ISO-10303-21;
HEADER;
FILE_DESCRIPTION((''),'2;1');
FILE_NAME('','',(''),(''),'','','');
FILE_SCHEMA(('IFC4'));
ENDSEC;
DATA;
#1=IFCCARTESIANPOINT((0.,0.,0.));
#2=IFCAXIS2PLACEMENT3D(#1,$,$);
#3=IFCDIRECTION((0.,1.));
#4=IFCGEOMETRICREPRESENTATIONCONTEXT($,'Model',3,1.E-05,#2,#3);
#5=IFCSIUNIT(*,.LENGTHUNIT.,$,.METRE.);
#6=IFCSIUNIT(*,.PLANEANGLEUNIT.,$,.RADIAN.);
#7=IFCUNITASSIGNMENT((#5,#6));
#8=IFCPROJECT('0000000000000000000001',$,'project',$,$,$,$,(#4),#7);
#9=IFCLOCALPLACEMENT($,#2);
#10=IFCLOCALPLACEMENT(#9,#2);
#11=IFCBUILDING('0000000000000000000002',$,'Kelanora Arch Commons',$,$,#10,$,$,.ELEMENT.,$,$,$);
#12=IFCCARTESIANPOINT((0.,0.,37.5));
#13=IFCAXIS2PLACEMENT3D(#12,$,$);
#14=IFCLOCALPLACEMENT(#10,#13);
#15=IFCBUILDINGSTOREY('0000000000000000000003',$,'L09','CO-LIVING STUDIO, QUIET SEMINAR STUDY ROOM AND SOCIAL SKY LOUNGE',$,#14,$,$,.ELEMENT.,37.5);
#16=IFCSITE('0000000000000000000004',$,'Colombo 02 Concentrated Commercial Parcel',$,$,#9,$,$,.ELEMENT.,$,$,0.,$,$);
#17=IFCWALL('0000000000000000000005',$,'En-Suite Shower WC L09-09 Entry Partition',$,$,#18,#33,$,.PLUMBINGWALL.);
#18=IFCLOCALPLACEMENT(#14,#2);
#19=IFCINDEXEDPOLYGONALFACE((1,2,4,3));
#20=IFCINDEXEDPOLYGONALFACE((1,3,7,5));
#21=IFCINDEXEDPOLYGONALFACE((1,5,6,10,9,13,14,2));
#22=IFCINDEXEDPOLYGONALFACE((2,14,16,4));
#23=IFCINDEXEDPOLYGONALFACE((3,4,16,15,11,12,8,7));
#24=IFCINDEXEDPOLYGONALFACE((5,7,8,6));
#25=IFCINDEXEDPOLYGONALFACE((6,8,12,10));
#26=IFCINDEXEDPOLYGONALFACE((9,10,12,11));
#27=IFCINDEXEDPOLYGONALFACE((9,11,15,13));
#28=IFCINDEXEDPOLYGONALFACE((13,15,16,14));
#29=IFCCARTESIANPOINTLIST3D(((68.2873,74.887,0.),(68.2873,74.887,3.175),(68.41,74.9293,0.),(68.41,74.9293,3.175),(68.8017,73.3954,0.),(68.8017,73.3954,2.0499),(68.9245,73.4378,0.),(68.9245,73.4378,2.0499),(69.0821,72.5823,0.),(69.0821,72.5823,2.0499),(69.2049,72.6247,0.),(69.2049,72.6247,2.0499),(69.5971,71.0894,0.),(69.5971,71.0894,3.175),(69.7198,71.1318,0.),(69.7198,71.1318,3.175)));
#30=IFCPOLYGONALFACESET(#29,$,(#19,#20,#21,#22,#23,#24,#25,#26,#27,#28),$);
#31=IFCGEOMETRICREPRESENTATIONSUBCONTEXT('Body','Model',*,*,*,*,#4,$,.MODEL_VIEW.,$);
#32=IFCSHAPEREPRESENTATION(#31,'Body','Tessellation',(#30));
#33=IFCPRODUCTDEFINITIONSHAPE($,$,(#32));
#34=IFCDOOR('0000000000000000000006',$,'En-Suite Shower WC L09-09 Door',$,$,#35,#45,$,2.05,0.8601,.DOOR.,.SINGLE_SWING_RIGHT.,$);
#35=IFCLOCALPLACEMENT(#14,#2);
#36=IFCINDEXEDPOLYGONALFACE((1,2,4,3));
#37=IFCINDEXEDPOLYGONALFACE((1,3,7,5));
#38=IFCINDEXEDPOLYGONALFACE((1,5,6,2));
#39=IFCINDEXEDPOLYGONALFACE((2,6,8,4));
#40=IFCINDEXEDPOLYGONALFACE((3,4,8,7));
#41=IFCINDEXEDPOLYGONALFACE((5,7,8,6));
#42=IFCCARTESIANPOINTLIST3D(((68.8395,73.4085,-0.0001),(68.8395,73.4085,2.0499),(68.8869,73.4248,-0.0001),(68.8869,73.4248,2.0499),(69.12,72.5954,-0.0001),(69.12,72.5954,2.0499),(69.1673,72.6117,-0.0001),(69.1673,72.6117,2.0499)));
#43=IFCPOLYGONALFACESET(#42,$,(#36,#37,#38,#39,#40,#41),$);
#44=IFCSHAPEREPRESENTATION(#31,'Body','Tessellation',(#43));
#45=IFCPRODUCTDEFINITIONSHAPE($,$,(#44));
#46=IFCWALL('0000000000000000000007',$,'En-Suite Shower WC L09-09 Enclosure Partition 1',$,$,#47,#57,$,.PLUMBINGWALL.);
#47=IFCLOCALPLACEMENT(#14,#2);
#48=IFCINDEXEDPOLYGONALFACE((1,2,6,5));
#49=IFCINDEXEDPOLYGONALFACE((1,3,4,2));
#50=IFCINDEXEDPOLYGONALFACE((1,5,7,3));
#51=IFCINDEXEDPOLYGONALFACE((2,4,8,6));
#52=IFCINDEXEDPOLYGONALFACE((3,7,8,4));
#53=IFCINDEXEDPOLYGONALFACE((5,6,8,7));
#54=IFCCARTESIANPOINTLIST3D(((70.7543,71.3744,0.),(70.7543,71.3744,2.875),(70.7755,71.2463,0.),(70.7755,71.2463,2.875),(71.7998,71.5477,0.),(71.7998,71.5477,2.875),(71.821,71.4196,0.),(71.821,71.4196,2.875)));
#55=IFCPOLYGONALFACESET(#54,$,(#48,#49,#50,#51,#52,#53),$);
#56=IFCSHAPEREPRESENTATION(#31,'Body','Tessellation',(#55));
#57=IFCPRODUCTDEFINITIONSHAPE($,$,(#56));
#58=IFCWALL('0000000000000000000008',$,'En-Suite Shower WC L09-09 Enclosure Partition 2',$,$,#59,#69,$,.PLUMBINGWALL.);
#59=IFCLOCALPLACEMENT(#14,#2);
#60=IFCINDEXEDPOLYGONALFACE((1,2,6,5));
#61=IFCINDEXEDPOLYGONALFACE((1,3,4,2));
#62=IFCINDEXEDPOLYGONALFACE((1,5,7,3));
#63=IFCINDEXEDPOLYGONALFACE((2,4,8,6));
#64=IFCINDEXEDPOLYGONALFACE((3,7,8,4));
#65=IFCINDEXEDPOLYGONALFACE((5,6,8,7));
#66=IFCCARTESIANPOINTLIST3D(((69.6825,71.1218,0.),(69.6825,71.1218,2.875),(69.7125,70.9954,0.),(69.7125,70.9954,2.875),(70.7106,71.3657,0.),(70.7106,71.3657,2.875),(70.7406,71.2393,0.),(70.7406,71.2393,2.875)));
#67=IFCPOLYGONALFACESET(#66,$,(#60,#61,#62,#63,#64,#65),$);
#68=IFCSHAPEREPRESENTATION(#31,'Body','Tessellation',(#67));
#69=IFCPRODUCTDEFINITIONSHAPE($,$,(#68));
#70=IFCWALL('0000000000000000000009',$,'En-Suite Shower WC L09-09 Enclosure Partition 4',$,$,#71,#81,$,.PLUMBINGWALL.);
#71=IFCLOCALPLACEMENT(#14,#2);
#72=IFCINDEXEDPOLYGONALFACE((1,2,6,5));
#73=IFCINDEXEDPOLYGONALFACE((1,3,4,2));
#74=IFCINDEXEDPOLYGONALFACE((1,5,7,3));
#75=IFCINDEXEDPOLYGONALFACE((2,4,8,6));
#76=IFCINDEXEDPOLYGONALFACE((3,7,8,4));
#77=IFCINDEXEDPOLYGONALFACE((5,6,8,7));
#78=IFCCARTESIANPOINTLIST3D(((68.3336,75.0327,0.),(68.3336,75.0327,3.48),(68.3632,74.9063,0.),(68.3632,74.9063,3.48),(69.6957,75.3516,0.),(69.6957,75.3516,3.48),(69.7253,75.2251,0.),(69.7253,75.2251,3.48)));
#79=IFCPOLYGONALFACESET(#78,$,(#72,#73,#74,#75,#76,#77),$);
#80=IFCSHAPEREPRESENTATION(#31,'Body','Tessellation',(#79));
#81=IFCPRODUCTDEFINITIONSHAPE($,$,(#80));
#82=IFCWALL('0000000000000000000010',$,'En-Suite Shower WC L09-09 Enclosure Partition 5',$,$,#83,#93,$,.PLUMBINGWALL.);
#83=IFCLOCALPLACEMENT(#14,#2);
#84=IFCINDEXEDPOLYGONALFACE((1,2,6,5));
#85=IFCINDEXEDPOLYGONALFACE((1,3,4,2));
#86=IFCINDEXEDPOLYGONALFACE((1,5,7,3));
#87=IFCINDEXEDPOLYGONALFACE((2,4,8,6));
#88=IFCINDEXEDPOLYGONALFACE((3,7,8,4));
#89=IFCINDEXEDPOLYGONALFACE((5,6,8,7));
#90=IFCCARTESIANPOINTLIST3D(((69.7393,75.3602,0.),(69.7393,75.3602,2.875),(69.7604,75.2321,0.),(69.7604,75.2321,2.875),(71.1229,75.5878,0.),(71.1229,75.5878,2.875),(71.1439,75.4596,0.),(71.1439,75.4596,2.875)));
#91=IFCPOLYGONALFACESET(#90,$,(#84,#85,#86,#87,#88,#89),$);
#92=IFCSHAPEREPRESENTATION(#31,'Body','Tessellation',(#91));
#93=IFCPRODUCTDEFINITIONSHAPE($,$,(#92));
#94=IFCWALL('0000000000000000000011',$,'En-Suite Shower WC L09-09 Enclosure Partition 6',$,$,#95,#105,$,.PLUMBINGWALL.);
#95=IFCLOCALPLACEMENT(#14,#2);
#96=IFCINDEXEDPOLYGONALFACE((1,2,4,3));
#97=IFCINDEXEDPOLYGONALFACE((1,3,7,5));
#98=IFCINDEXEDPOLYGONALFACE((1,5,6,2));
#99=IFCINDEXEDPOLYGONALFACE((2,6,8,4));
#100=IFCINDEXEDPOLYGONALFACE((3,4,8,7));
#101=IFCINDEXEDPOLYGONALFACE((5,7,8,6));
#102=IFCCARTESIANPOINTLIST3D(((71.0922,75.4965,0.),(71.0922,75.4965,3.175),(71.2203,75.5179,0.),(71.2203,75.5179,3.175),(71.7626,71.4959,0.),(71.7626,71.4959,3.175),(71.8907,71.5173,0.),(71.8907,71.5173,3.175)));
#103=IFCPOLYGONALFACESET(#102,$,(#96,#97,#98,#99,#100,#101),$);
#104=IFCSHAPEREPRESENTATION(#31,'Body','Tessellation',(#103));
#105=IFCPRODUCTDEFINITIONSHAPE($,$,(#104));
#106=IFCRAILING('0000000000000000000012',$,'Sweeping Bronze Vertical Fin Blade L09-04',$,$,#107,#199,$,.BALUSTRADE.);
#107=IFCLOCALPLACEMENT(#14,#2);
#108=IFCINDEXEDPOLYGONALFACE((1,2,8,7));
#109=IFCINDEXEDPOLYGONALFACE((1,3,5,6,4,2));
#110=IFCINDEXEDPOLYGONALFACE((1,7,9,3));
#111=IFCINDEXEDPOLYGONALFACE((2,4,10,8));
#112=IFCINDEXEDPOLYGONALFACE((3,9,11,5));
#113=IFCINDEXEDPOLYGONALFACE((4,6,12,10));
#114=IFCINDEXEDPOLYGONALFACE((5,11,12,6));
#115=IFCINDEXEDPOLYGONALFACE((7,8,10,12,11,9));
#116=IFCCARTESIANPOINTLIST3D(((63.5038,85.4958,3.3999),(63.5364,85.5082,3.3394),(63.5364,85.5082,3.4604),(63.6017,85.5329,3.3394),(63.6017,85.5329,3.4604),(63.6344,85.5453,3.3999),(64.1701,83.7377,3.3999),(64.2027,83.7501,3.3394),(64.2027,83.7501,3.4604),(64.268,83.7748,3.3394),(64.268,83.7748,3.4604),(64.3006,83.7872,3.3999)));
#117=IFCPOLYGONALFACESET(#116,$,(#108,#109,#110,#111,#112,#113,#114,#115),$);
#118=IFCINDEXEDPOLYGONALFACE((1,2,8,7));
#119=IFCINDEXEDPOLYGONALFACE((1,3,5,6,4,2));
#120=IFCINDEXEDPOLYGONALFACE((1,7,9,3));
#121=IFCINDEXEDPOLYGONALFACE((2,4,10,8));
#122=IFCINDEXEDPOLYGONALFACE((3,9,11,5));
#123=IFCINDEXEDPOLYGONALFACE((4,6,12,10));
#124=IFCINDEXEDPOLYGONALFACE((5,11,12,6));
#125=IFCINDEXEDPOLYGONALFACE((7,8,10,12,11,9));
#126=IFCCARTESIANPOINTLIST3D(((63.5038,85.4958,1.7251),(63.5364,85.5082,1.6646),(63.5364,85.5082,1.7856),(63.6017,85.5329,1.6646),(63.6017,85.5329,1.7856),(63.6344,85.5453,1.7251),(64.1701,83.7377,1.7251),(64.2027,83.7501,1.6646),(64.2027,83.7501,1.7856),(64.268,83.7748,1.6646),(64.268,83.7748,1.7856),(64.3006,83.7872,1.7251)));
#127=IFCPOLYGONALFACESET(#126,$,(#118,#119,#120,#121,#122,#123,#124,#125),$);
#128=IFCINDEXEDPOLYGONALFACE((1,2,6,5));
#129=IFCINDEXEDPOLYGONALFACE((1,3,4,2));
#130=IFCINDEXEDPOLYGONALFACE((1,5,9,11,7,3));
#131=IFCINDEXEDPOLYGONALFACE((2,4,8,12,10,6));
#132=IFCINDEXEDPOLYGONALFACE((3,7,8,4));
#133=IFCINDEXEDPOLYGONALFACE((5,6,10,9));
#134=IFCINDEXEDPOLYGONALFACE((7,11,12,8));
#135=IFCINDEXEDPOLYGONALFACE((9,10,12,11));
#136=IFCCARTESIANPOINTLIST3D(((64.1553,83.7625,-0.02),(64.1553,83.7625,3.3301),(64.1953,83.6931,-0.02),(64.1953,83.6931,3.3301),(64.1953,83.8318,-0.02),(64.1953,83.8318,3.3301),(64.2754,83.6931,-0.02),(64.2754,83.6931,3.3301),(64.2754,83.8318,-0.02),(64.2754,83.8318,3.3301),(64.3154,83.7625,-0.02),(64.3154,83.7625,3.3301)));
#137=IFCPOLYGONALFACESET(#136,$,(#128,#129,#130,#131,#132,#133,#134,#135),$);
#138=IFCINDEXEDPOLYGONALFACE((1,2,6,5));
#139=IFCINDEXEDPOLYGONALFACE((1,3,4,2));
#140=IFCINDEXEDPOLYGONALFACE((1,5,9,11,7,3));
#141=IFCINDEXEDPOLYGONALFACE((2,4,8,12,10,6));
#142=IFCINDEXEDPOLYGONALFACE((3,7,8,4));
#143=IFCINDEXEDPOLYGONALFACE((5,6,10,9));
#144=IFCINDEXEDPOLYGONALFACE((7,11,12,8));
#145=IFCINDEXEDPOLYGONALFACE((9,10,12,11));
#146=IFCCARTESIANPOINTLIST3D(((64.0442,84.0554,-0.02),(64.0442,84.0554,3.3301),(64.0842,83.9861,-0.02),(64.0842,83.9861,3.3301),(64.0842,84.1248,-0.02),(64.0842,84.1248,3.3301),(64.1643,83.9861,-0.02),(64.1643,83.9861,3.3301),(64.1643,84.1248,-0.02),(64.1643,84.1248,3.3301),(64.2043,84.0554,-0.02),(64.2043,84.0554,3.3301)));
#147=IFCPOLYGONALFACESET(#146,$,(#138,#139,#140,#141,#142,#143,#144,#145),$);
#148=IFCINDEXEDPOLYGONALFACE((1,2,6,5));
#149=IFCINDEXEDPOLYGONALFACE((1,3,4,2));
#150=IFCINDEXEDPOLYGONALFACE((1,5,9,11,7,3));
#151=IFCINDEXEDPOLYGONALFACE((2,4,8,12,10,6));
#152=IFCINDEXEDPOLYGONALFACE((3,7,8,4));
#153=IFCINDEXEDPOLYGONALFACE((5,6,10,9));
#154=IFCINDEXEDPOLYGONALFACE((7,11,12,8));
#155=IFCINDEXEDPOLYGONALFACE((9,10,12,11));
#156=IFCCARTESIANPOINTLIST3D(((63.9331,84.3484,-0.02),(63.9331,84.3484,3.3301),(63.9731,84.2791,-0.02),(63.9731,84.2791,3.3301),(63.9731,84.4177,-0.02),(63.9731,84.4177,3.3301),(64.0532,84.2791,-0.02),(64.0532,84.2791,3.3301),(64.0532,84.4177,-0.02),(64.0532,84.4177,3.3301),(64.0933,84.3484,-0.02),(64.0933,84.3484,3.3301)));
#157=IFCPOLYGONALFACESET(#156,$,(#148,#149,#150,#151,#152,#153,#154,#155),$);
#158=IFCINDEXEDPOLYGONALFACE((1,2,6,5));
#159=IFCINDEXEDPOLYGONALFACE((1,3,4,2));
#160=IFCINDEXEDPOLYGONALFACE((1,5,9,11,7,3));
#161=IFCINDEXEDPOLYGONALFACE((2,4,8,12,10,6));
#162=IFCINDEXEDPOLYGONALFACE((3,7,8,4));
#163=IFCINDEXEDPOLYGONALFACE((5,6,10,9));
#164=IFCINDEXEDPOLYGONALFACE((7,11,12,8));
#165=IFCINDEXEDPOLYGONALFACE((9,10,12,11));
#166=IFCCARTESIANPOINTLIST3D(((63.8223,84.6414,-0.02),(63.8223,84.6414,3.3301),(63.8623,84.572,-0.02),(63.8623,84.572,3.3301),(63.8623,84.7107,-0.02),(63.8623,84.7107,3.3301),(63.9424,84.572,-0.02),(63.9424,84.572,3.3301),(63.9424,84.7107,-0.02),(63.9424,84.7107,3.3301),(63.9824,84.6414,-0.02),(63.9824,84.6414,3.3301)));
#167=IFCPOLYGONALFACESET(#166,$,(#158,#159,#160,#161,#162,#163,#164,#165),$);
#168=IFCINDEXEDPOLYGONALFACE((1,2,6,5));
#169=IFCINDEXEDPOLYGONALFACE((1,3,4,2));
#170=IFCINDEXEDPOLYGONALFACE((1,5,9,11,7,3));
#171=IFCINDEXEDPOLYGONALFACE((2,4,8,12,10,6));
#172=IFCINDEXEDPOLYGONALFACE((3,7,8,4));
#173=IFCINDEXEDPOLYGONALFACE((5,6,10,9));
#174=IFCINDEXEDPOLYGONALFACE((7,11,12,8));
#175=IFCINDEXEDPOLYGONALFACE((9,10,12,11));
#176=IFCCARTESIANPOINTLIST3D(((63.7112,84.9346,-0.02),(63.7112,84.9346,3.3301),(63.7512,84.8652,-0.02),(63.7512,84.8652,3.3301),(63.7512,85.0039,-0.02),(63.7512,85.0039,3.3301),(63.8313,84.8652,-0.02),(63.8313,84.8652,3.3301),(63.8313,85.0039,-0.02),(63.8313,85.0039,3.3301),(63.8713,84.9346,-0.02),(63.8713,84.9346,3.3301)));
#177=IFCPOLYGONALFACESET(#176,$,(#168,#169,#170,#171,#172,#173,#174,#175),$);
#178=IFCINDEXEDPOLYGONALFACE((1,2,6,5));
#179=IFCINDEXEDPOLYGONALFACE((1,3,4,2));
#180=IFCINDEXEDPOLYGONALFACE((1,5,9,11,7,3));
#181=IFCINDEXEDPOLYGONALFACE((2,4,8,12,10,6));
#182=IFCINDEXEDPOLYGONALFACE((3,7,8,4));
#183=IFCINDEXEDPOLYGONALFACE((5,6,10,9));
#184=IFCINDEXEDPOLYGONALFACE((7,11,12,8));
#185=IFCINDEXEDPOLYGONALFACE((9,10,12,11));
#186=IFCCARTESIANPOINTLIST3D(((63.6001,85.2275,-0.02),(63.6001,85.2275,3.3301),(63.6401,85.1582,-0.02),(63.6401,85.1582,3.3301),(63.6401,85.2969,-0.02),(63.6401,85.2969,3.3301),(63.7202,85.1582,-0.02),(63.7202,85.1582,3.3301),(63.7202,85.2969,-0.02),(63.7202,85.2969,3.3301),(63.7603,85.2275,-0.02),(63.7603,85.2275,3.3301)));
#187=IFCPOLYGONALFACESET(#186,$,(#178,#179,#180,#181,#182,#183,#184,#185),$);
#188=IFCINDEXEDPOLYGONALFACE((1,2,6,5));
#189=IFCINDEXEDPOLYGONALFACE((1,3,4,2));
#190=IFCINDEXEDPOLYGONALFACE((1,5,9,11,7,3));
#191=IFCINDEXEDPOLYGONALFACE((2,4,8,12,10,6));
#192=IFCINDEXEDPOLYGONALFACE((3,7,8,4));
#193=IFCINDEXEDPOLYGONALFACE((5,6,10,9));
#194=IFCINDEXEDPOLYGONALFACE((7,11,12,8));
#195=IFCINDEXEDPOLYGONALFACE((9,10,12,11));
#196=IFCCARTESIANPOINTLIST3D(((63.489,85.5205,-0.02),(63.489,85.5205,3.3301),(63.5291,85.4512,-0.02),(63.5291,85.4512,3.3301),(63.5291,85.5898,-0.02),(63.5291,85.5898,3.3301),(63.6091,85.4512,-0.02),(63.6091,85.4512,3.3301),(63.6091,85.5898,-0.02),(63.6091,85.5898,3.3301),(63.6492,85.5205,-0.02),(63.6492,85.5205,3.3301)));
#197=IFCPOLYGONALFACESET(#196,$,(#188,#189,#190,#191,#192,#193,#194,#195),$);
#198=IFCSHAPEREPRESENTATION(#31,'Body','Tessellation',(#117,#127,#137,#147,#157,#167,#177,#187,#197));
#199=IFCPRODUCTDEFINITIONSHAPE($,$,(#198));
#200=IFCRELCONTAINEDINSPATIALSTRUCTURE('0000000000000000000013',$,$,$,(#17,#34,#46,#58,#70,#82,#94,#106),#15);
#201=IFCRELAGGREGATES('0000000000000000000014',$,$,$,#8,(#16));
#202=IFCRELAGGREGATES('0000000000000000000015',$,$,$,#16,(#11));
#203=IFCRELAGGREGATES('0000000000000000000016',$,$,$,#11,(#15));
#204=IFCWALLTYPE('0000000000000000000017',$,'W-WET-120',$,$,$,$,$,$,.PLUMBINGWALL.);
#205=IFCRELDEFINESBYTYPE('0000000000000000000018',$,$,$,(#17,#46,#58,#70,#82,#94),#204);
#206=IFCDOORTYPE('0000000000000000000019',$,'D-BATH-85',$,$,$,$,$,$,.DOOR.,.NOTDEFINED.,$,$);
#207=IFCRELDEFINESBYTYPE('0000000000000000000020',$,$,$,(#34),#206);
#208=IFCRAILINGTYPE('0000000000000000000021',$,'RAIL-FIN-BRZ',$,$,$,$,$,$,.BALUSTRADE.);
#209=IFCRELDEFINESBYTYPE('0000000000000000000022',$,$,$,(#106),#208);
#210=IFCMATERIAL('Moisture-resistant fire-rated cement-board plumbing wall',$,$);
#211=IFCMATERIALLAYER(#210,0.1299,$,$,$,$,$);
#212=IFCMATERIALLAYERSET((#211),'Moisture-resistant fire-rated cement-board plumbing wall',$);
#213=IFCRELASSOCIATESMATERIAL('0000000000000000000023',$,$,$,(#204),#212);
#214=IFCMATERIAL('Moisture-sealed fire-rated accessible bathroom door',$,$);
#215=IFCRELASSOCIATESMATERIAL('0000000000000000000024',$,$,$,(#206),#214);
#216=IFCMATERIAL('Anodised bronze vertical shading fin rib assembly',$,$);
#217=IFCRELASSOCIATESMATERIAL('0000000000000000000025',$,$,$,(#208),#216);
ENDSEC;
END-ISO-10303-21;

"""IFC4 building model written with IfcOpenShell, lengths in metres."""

from ifc_helpers import new_model, si_unit, direction, frame, frame_2d, origin, place, context, subcontext, project, spatial, polyline, rectangle, outline, extrude, material, layer, layer_set, type_object, element, fill, save


model = new_model("IFC4")

# Units and contexts
model_context = context("Model", 3, precision=1e-05, world=origin(), true_north=direction((0.0, 1.0)))
body_context = subcontext(model_context, "Body", "Model", "MODEL_VIEW")
ifc_project = project(units=[si_unit("LENGTHUNIT", "METRE"), si_unit("PLANEANGLEUNIT", "RADIAN")], contexts=[model_context])

# Site, building, storey
site_placement = place(None, origin())
site = spatial("IfcSite", under=ifc_project, at=site_placement, Name="Colombo 02 Concentrated Commercial Parcel", CompositionType="ELEMENT", RefElevation=0.0)
building_placement = place(site_placement, origin())
building = spatial("IfcBuilding", under=site, at=building_placement, Name="Kelanora Arch Commons", CompositionType="ELEMENT")
storey_placement = place(building_placement, frame((0.0, 0.0, 37.5)))
storey = spatial("IfcBuildingStorey", under=building, at=storey_placement, Name="L09", Description="CO-LIVING STUDIO, QUIET SEMINAR STUDY ROOM AND SOCIAL SKY LOUNGE", CompositionType="ELEMENT", Elevation=37.5)

# Wall, opening, door
ifc_material_1 = material(Name="Moisture-resistant fire-rated cement-board plumbing wall")
ifc_layer_1 = layer(ifc_material_1, 0.1299)
ifc_layer_set_1 = layer_set([ifc_layer_1], Name="Moisture-resistant fire-rated cement-board plumbing wall")
wall_type_1 = type_object("IfcWallType", Name="W-WET-120", PredefinedType="PLUMBINGWALL", material=ifc_layer_set_1)
wall_1_placement = place(storey_placement, frame((69.6584, 71.1106, 0.0), z_axis=(0.0, 0.0, 1.0), x_axis=(-0.326056, 0.94535, 0.0)))
wall_1 = element("IfcWall", 1, at=wall_1_placement, inside=storey, type_object=wall_type_1, Name="En-Suite Shower WC L09-09 Entry Partition", PredefinedType="PLUMBINGWALL", context=body_context, shape_type="SweptSolid", body=[
    extrude(rectangle(XDim=4.0171, YDim=0.1299, at=frame_2d((2.0085, 0.0))), origin(), (0.0, 0.0, 1.0), 3.175),
])
opening_1_placement = place(wall_1_placement, frame((1.5791, 0.0, 0.0)))
opening_1 = element("IfcOpeningElement", 2, at=opening_1_placement, cuts=wall_1, PredefinedType="OPENING", context=body_context, shape_type="SweptSolid", body=[
    extrude(rectangle(XDim=0.8601, YDim=2.05, at=frame_2d((0.4302, 1.0249))), frame((0.0, 0.075, 0.0), z_axis=(0.0, -1.0, 0.0), x_axis=(1.0, 0.0, 0.0)), (0.0, 0.0, 1.0), 0.1499),
])
ifc_material_2 = material(Name="Moisture-sealed fire-rated accessible bathroom door")
door_type_1 = type_object("IfcDoorType", Name="D-BATH-85", OperationType="NOTDEFINED", PredefinedType="DOOR", material=ifc_material_2)
door_1_placement = place(opening_1_placement, origin())
door_1 = element("IfcDoor", 3, at=door_1_placement, inside=storey, type_object=door_type_1, Name="En-Suite Shower WC L09-09 Door", OperationType="SINGLE_SWING_RIGHT", OverallHeight=2.05, OverallWidth=0.8601, PredefinedType="DOOR", context=body_context, shape_type="SweptSolid", body=[
    extrude(rectangle(XDim=0.8601, YDim=2.05, at=frame_2d((0.4302, 1.0249))), frame((0.0, 0.0249, 0.0), z_axis=(0.0, -1.0, 0.0), x_axis=(1.0, 0.0, 0.0)), (0.0, 0.0, 1.0), 0.05),
])
fill(opening_1, door_1)

# Walls
wall_2_placement = place(storey_placement, frame((71.8103, 71.4836, 0.0), z_axis=(0.0, 0.0, 1.0), x_axis=(-0.986537, -0.16354, 0.0)))
element("IfcWall", 4, at=wall_2_placement, inside=storey, type_object=wall_type_1, Name="En-Suite Shower WC L09-09 Enclosure Partition 1", PredefinedType="PLUMBINGWALL", context=body_context, shape_type="SweptSolid", body=[
    extrude(rectangle(XDim=1.0598, YDim=0.1299, at=frame_2d((0.5298, 0.0))), origin(), (0.0, 0.0, 1.0), 2.875),
])
wall_3_placement = place(storey_placement, frame((70.7256, 71.3025, 0.0), z_axis=(0.0, 0.0, 1.0), x_axis=(-0.972994, -0.230829, 0.0)))
element("IfcWall", 5, at=wall_3_placement, inside=storey, type_object=wall_type_1, Name="En-Suite Shower WC L09-09 Enclosure Partition 2", PredefinedType="PLUMBINGWALL", context=body_context, shape_type="SweptSolid", body=[
    extrude(rectangle(XDim=1.0566, YDim=0.1299, at=frame_2d((0.5283, 0.0))), origin(), (0.0, 0.0, 1.0), 2.875),
])
wall_4_placement = place(storey_placement, frame((68.3484, 74.9695, 0.0), z_axis=(0.0, 0.0, 1.0), x_axis=(0.973677, 0.22793, 0.0)))
element("IfcWall", 6, at=wall_4_placement, inside=storey, type_object=wall_type_1, Name="En-Suite Shower WC L09-09 Enclosure Partition 4", PredefinedType="PLUMBINGWALL", context=body_context, shape_type="SweptSolid", body=[
    extrude(rectangle(XDim=1.3989, YDim=0.1299, at=frame_2d((0.6995, 0.0))), origin(), (0.0, 0.0, 1.0), 3.48),
])
wall_5_placement = place(storey_placement, frame((69.7498, 75.2961, 0.0), z_axis=(0.0, 0.0, 1.0), x_axis=(0.986745, 0.162281, 0.0)))
element("IfcWall", 7, at=wall_5_placement, inside=storey, type_object=wall_type_1, Name="En-Suite Shower WC L09-09 Enclosure Partition 5", PredefinedType="PLUMBINGWALL", context=body_context, shape_type="SweptSolid", body=[
    extrude(rectangle(XDim=1.4021, YDim=0.1299, at=frame_2d((0.7012, 0.0))), origin(), (0.0, 0.0, 1.0), 2.875),
])
wall_6_placement = place(storey_placement, frame((71.1562, 75.5073, 0.0), z_axis=(0.0, 0.0, 1.0), x_axis=(0.165268, -0.986249, 0.0)))
element("IfcWall", 8, at=wall_6_placement, inside=storey, type_object=wall_type_1, Name="En-Suite Shower WC L09-09 Enclosure Partition 6", PredefinedType="PLUMBINGWALL", context=body_context, shape_type="SweptSolid", body=[
    extrude(rectangle(XDim=4.0564, YDim=0.1299, at=frame_2d((2.0283, 0.0))), origin(), (0.0, 0.0, 1.0), 3.175),
])

# Railing
ifc_material_3 = material(Name="Anodised bronze vertical shading fin rib assembly")
railing_type = type_object("IfcRailingType", Name="RAIL-FIN-BRZ", PredefinedType="BALUSTRADE", material=ifc_material_3)
railing_placement = place(storey_placement, frame((64.2354, 83.7625, -0.02)))
element("IfcRailing", 9, at=railing_placement, inside=storey, type_object=railing_type, Name="Sweeping Bronze Vertical Fin Blade L09-04", PredefinedType="BALUSTRADE", context=body_context, shape_type="SweptSolid", body=[
    extrude(outline(polyline([(0.0698, 0.0), (0.0349, 0.0605), (-0.0349, 0.0605), (-0.0698, 0.0), (-0.0349, -0.0605), (0.0349, -0.0605), (0.0698, 0.0)])), frame((0.0, 0.0, 3.4199), z_axis=(-0.35438, 0.935101, 0.0), x_axis=(-0.935101, -0.35438, 0.0)), (0.0, 0.0, 1.0), 1.8801),
    extrude(outline(polyline([(0.0698, 0.0), (0.0349, 0.0605), (-0.0349, 0.0605), (-0.0698, 0.0), (-0.0349, -0.0605), (0.0349, -0.0605), (0.0698, 0.0)])), frame((0.0, 0.0, 1.7451), z_axis=(-0.35438, 0.935101, 0.0), x_axis=(-0.935101, -0.35438, 0.0)), (0.0, 0.0, 1.0), 1.8801),
    extrude(outline(polyline([(0.0801, 0.0), (0.04, 0.0693), (-0.04, 0.0693), (-0.0801, 0.0), (-0.04, -0.0693), (0.04, -0.0693), (0.0801, 0.0)])), origin(), (0.0, 0.0, 1.0), 3.3501),
    extrude(outline(polyline([(0.0801, 0.0), (0.04, 0.0693), (-0.04, 0.0693), (-0.0801, 0.0), (-0.04, -0.0693), (0.04, -0.0693), (0.0801, 0.0)])), frame((-0.1111, 0.293, 0.0)), (0.0, 0.0, 1.0), 3.3501),
    extrude(outline(polyline([(0.0801, 0.0), (0.04, 0.0693), (-0.04, 0.0693), (-0.0801, 0.0), (-0.04, -0.0693), (0.04, -0.0693), (0.0801, 0.0)])), frame((-0.2222, 0.5859, 0.0)), (0.0, 0.0, 1.0), 3.3501),
    extrude(outline(polyline([(0.0801, 0.0), (0.04, 0.0693), (-0.04, 0.0693), (-0.0801, 0.0), (-0.04, -0.0693), (0.04, -0.0693), (0.0801, 0.0)])), frame((-0.333, 0.8789, 0.0)), (0.0, 0.0, 1.0), 3.3501),
    extrude(outline(polyline([(0.0801, 0.0), (0.04, 0.0693), (-0.04, 0.0693), (-0.0801, 0.0), (-0.04, -0.0693), (0.04, -0.0693), (0.0801, 0.0)])), frame((-0.4441, 1.1721, 0.0)), (0.0, 0.0, 1.0), 3.3501),
    extrude(outline(polyline([(0.0801, 0.0), (0.04, 0.0693), (-0.04, 0.0693), (-0.0801, 0.0), (-0.04, -0.0693), (0.04, -0.0693), (0.0801, 0.0)])), frame((-0.5552, 1.4651, 0.0)), (0.0, 0.0, 1.0), 3.3501),
    extrude(outline(polyline([(0.0801, 0.0), (0.04, 0.0693), (-0.04, 0.0693), (-0.0801, 0.0), (-0.04, -0.0693), (0.04, -0.0693), (0.0801, 0.0)])), frame((-0.6663, 1.7581, 0.0)), (0.0, 0.0, 1.0), 3.3501),
])

save(model, "model.ifc")
